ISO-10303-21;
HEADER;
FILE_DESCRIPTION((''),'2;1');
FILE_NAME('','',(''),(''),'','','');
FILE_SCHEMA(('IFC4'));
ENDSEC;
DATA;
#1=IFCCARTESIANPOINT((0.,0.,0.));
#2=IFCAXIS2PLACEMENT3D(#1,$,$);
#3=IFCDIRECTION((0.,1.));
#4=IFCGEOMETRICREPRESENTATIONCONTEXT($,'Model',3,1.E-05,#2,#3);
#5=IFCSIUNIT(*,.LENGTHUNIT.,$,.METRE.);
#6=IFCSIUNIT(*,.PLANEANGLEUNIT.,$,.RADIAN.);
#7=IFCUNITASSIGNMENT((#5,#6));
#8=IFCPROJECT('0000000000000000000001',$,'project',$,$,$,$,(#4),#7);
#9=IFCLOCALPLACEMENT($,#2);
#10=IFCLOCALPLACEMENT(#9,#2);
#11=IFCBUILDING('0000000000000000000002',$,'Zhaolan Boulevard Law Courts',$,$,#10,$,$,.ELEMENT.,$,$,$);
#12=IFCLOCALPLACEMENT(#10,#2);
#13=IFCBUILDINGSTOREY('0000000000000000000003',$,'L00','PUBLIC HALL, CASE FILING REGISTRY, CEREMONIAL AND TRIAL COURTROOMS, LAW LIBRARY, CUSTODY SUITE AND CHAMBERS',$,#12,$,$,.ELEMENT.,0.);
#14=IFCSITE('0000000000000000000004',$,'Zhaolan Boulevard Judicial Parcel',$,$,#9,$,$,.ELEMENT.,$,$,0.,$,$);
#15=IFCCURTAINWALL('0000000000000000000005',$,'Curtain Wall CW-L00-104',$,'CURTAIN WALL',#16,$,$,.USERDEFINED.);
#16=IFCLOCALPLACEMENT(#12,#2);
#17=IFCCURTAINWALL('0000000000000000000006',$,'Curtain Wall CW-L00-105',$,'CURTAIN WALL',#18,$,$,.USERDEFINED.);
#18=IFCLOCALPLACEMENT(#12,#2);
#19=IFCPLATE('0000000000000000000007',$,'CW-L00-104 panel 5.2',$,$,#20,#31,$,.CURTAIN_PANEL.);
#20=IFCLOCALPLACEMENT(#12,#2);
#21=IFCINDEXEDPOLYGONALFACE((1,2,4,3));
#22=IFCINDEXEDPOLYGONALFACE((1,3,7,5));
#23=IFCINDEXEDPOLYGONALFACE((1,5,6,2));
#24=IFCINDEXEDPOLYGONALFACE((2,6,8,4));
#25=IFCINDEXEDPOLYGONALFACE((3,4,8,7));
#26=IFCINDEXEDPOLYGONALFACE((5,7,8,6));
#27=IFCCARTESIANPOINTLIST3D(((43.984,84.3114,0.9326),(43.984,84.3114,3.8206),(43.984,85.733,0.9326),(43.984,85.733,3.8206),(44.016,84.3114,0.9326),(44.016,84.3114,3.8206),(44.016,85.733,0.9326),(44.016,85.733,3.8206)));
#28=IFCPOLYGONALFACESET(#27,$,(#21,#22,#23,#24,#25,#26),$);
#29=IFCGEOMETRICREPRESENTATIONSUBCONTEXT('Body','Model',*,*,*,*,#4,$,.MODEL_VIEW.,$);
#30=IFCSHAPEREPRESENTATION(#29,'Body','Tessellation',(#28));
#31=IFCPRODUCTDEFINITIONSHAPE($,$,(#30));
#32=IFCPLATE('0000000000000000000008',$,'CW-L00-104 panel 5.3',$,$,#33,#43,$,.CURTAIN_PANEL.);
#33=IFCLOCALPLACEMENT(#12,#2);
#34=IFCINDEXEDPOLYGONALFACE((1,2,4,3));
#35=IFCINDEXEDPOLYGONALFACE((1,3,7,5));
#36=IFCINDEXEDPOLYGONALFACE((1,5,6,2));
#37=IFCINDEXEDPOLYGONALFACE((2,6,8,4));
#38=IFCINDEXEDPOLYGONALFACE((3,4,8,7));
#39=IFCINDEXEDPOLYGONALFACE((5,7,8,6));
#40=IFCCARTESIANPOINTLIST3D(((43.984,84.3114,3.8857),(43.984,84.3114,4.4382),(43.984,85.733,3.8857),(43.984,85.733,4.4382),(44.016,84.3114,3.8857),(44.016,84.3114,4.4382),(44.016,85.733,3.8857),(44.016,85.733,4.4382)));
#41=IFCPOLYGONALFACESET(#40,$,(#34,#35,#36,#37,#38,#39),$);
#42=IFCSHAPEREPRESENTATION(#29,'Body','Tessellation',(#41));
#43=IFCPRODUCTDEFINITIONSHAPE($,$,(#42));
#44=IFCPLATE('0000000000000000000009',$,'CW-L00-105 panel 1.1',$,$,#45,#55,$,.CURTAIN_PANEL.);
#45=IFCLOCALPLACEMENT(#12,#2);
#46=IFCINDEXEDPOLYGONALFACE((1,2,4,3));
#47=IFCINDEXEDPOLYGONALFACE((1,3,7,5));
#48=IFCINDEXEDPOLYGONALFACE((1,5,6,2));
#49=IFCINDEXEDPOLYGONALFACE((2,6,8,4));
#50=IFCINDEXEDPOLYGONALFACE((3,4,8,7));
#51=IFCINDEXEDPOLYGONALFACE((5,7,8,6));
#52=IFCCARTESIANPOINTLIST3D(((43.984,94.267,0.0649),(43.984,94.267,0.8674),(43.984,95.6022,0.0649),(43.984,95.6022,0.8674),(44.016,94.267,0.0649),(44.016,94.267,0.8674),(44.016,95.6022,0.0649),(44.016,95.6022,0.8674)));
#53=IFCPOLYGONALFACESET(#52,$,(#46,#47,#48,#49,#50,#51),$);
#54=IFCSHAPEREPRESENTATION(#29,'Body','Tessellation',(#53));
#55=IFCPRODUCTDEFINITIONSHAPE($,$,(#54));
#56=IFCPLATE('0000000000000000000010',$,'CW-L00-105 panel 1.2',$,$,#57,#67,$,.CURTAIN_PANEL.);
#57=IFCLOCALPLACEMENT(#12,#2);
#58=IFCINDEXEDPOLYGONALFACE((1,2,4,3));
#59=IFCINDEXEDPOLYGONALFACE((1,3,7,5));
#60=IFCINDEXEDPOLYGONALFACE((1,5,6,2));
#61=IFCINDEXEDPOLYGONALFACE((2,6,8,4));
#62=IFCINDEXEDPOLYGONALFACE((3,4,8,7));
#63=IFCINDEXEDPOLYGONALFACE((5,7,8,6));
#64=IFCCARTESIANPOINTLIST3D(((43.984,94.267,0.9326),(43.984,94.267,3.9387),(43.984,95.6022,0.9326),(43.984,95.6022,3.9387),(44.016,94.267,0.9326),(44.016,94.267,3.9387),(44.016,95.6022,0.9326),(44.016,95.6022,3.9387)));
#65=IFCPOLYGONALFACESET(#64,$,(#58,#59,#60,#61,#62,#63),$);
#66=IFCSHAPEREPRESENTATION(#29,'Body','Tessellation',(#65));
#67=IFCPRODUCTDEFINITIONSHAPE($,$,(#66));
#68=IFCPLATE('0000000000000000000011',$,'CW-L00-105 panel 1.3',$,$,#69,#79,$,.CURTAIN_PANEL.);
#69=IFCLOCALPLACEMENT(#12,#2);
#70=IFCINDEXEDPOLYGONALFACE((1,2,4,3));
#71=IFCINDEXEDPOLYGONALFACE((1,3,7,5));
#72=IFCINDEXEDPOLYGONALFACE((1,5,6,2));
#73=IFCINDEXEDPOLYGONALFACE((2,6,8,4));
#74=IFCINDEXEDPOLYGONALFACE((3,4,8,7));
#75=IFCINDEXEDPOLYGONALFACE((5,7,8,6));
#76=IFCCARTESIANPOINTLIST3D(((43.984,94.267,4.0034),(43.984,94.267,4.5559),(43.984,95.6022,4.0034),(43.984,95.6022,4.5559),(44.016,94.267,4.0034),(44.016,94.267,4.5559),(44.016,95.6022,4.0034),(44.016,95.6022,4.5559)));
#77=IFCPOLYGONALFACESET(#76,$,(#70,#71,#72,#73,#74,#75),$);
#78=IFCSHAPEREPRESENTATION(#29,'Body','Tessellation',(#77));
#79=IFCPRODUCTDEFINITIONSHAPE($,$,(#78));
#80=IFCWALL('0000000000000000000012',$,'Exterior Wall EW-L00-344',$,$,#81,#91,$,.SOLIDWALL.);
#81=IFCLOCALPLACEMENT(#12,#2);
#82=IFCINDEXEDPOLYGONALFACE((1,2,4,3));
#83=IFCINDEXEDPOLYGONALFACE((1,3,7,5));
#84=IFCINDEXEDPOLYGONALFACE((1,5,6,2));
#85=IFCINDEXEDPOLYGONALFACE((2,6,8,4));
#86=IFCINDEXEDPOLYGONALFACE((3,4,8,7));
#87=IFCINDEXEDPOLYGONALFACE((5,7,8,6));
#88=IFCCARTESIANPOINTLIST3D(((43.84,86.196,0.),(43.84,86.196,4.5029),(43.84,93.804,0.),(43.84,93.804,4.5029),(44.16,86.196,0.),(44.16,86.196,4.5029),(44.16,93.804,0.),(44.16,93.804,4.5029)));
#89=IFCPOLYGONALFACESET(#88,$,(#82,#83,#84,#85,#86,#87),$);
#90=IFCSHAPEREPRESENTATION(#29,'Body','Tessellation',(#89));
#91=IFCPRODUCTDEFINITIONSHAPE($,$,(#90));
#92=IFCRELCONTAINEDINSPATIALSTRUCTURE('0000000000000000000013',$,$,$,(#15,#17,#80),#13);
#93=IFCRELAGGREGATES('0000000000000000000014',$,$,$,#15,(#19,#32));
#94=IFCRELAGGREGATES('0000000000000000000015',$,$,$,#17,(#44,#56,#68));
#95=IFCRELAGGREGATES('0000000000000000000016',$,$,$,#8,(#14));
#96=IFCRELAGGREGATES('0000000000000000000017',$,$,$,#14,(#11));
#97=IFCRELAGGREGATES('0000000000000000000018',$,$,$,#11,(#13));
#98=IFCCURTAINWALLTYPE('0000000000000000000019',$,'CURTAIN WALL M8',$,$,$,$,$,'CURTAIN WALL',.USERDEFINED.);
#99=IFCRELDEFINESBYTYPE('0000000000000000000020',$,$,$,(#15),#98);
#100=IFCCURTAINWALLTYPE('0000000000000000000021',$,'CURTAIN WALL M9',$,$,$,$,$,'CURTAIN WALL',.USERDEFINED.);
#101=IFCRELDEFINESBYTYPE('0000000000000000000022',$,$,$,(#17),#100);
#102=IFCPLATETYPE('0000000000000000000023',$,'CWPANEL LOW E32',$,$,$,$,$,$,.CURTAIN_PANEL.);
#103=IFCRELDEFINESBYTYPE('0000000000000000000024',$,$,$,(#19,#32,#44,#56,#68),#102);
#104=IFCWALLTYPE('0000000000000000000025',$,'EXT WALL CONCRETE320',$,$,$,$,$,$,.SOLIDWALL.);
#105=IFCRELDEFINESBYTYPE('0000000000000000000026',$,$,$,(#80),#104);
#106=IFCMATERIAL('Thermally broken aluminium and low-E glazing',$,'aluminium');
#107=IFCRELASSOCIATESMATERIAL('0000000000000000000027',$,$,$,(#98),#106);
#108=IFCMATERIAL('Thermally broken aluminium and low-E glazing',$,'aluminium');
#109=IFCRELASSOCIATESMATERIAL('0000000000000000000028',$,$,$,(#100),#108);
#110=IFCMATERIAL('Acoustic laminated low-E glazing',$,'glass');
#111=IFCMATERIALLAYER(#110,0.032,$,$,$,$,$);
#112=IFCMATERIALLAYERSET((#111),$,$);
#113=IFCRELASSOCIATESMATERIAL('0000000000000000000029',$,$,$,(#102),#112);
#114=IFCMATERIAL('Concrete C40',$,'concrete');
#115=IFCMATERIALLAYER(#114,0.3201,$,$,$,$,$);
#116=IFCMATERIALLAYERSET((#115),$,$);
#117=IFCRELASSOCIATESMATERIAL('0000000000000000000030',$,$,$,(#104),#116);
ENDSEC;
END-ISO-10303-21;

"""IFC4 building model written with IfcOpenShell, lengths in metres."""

from ifc_helpers import new_model, si_unit, direction, frame, frame_2d, origin, origin_2d, place, context, subcontext, project, spatial, rectangle, extrude, material, layer, layer_set, type_object, element, aggregate, save


model = new_model("IFC4")

# Units and contexts
model_context = context("Model", 3, precision=1e-05, world=origin(), true_north=direction((0.0, 1.0)))
body_context = subcontext(model_context, "Body", "Model", "MODEL_VIEW")
ifc_project = project(units=[si_unit("LENGTHUNIT", "METRE"), si_unit("PLANEANGLEUNIT", "RADIAN")], contexts=[model_context])

# Site, building, storey
site_placement = place(None, origin())
site = spatial("IfcSite", under=ifc_project, at=site_placement, Name="Zhaolan Boulevard Judicial Parcel", CompositionType="ELEMENT", RefElevation=0.0)
building_placement = place(site_placement, origin())
building = spatial("IfcBuilding", under=site, at=building_placement, Name="Zhaolan Boulevard Law Courts", CompositionType="ELEMENT")
storey_placement = place(building_placement, origin())
storey = spatial("IfcBuildingStorey", under=building, at=storey_placement, Name="L00", Description="PUBLIC HALL, CASE FILING REGISTRY, CEREMONIAL AND TRIAL COURTROOMS, LAW LIBRARY, CUSTODY SUITE AND CHAMBERS", CompositionType="ELEMENT", Elevation=0.0)

# Curtain walls
ifc_material_1 = material(Name="Thermally broken aluminium and low-E glazing", Category="aluminium")
curtain_wall_type_1 = type_object("IfcCurtainWallType", Name="CURTAIN WALL M8", ElementType="CURTAIN WALL", PredefinedType="USERDEFINED", material=ifc_material_1)
curtain_wall_1_placement = place(storey_placement, origin())
curtain_wall_1 = element("IfcCurtainWall", 1, at=curtain_wall_1_placement, inside=storey, type_object=curtain_wall_type_1, Name="Curtain Wall CW-L00-104", ObjectType="CURTAIN WALL", PredefinedType="USERDEFINED")
ifc_material_2 = material(Name="Thermally broken aluminium and low-E glazing", Category="aluminium")
curtain_wall_type_2 = type_object("IfcCurtainWallType", Name="CURTAIN WALL M9", ElementType="CURTAIN WALL", PredefinedType="USERDEFINED", material=ifc_material_2)
curtain_wall_2_placement = place(storey_placement, origin())
curtain_wall_2 = element("IfcCurtainWall", 2, at=curtain_wall_2_placement, inside=storey, type_object=curtain_wall_type_2, Name="Curtain Wall CW-L00-105", ObjectType="CURTAIN WALL", PredefinedType="USERDEFINED")

# Plates
ifc_material_3 = material(Name="Acoustic laminated low-E glazing", Category="glass")
ifc_layer_1 = layer(ifc_material_3, 0.032)
ifc_layer_set_1 = layer_set([ifc_layer_1])
plate_type = type_object("IfcPlateType", Name="CWPANEL LOW E32", PredefinedType="CURTAIN_PANEL", material=ifc_layer_set_1)
plate_1_placement = place(storey_placement, frame((44.0, 85.0222, 0.9326), z_axis=(0.0, 0.0, 1.0), x_axis=(0.0, 1.0, 0.0)))
plate_1 = element("IfcPlate", 3, at=plate_1_placement, type_object=plate_type, Name="CW-L00-104 panel 5.2", PredefinedType="CURTAIN_PANEL", context=body_context, shape_type="SweptSolid", body=[
    extrude(rectangle(XDim=1.4216, YDim=0.032, at=origin_2d()), origin(), (0.0, 0.0, 1.0), 2.8879),
])
plate_2_placement = place(storey_placement, frame((44.0, 85.0222, 3.8857), z_axis=(0.0, 0.0, 1.0), x_axis=(0.0, 1.0, 0.0)))
plate_2 = element("IfcPlate", 4, at=plate_2_placement, type_object=plate_type, Name="CW-L00-104 panel 5.3", PredefinedType="CURTAIN_PANEL", context=body_context, shape_type="SweptSolid", body=[
    extrude(rectangle(XDim=1.4216, YDim=0.032, at=origin_2d()), origin(), (0.0, 0.0, 1.0), 0.5525),
])
aggregate(curtain_wall_1, [plate_1, plate_2])
plate_3_placement = place(storey_placement, frame((44.0, 94.9346, 0.0649), z_axis=(0.0, 0.0, 1.0), x_axis=(0.0, 1.0, 0.0)))
plate_3 = element("IfcPlate", 5, at=plate_3_placement, type_object=plate_type, Name="CW-L00-105 panel 1.1", PredefinedType="CURTAIN_PANEL", context=body_context, shape_type="SweptSolid", body=[
    extrude(rectangle(XDim=1.3352, YDim=0.032, at=origin_2d()), origin(), (0.0, 0.0, 1.0), 0.8025),
])
plate_4_placement = place(storey_placement, frame((44.0, 94.9346, 0.9326), z_axis=(0.0, 0.0, 1.0), x_axis=(0.0, 1.0, 0.0)))
plate_4 = element("IfcPlate", 6, at=plate_4_placement, type_object=plate_type, Name="CW-L00-105 panel 1.2", PredefinedType="CURTAIN_PANEL", context=body_context, shape_type="SweptSolid", body=[
    extrude(rectangle(XDim=1.3352, YDim=0.032, at=origin_2d()), origin(), (0.0, 0.0, 1.0), 3.0061),
])
plate_5_placement = place(storey_placement, frame((44.0, 94.9346, 4.0034), z_axis=(0.0, 0.0, 1.0), x_axis=(0.0, 1.0, 0.0)))
plate_5 = element("IfcPlate", 7, at=plate_5_placement, type_object=plate_type, Name="CW-L00-105 panel 1.3", PredefinedType="CURTAIN_PANEL", context=body_context, shape_type="SweptSolid", body=[
    extrude(rectangle(XDim=1.3352, YDim=0.032, at=origin_2d()), origin(), (0.0, 0.0, 1.0), 0.5525),
])
aggregate(curtain_wall_2, [plate_3, plate_4, plate_5])

# Wall
ifc_material_4 = material(Name="Concrete C40", Category="concrete")
ifc_layer_2 = layer(ifc_material_4, 0.3201)
ifc_layer_set_2 = layer_set([ifc_layer_2])
wall_type = type_object("IfcWallType", Name="EXT WALL CONCRETE320", PredefinedType="SOLIDWALL", material=ifc_layer_set_2)
wall_placement = place(storey_placement, frame((44.0, 86.196, 0.0), z_axis=(0.0, 0.0, 1.0), x_axis=(0.0, 1.0, 0.0)))
element("IfcWall", 8, at=wall_placement, inside=storey, type_object=wall_type, Name="Exterior Wall EW-L00-344", PredefinedType="SOLIDWALL", context=body_context, shape_type="SweptSolid", body=[
    extrude(rectangle(XDim=7.6079, YDim=0.3201, at=frame_2d((3.804, 0.0))), origin(), (0.0, 0.0, 1.0), 4.5029),
])

save(model, "model.ifc")
